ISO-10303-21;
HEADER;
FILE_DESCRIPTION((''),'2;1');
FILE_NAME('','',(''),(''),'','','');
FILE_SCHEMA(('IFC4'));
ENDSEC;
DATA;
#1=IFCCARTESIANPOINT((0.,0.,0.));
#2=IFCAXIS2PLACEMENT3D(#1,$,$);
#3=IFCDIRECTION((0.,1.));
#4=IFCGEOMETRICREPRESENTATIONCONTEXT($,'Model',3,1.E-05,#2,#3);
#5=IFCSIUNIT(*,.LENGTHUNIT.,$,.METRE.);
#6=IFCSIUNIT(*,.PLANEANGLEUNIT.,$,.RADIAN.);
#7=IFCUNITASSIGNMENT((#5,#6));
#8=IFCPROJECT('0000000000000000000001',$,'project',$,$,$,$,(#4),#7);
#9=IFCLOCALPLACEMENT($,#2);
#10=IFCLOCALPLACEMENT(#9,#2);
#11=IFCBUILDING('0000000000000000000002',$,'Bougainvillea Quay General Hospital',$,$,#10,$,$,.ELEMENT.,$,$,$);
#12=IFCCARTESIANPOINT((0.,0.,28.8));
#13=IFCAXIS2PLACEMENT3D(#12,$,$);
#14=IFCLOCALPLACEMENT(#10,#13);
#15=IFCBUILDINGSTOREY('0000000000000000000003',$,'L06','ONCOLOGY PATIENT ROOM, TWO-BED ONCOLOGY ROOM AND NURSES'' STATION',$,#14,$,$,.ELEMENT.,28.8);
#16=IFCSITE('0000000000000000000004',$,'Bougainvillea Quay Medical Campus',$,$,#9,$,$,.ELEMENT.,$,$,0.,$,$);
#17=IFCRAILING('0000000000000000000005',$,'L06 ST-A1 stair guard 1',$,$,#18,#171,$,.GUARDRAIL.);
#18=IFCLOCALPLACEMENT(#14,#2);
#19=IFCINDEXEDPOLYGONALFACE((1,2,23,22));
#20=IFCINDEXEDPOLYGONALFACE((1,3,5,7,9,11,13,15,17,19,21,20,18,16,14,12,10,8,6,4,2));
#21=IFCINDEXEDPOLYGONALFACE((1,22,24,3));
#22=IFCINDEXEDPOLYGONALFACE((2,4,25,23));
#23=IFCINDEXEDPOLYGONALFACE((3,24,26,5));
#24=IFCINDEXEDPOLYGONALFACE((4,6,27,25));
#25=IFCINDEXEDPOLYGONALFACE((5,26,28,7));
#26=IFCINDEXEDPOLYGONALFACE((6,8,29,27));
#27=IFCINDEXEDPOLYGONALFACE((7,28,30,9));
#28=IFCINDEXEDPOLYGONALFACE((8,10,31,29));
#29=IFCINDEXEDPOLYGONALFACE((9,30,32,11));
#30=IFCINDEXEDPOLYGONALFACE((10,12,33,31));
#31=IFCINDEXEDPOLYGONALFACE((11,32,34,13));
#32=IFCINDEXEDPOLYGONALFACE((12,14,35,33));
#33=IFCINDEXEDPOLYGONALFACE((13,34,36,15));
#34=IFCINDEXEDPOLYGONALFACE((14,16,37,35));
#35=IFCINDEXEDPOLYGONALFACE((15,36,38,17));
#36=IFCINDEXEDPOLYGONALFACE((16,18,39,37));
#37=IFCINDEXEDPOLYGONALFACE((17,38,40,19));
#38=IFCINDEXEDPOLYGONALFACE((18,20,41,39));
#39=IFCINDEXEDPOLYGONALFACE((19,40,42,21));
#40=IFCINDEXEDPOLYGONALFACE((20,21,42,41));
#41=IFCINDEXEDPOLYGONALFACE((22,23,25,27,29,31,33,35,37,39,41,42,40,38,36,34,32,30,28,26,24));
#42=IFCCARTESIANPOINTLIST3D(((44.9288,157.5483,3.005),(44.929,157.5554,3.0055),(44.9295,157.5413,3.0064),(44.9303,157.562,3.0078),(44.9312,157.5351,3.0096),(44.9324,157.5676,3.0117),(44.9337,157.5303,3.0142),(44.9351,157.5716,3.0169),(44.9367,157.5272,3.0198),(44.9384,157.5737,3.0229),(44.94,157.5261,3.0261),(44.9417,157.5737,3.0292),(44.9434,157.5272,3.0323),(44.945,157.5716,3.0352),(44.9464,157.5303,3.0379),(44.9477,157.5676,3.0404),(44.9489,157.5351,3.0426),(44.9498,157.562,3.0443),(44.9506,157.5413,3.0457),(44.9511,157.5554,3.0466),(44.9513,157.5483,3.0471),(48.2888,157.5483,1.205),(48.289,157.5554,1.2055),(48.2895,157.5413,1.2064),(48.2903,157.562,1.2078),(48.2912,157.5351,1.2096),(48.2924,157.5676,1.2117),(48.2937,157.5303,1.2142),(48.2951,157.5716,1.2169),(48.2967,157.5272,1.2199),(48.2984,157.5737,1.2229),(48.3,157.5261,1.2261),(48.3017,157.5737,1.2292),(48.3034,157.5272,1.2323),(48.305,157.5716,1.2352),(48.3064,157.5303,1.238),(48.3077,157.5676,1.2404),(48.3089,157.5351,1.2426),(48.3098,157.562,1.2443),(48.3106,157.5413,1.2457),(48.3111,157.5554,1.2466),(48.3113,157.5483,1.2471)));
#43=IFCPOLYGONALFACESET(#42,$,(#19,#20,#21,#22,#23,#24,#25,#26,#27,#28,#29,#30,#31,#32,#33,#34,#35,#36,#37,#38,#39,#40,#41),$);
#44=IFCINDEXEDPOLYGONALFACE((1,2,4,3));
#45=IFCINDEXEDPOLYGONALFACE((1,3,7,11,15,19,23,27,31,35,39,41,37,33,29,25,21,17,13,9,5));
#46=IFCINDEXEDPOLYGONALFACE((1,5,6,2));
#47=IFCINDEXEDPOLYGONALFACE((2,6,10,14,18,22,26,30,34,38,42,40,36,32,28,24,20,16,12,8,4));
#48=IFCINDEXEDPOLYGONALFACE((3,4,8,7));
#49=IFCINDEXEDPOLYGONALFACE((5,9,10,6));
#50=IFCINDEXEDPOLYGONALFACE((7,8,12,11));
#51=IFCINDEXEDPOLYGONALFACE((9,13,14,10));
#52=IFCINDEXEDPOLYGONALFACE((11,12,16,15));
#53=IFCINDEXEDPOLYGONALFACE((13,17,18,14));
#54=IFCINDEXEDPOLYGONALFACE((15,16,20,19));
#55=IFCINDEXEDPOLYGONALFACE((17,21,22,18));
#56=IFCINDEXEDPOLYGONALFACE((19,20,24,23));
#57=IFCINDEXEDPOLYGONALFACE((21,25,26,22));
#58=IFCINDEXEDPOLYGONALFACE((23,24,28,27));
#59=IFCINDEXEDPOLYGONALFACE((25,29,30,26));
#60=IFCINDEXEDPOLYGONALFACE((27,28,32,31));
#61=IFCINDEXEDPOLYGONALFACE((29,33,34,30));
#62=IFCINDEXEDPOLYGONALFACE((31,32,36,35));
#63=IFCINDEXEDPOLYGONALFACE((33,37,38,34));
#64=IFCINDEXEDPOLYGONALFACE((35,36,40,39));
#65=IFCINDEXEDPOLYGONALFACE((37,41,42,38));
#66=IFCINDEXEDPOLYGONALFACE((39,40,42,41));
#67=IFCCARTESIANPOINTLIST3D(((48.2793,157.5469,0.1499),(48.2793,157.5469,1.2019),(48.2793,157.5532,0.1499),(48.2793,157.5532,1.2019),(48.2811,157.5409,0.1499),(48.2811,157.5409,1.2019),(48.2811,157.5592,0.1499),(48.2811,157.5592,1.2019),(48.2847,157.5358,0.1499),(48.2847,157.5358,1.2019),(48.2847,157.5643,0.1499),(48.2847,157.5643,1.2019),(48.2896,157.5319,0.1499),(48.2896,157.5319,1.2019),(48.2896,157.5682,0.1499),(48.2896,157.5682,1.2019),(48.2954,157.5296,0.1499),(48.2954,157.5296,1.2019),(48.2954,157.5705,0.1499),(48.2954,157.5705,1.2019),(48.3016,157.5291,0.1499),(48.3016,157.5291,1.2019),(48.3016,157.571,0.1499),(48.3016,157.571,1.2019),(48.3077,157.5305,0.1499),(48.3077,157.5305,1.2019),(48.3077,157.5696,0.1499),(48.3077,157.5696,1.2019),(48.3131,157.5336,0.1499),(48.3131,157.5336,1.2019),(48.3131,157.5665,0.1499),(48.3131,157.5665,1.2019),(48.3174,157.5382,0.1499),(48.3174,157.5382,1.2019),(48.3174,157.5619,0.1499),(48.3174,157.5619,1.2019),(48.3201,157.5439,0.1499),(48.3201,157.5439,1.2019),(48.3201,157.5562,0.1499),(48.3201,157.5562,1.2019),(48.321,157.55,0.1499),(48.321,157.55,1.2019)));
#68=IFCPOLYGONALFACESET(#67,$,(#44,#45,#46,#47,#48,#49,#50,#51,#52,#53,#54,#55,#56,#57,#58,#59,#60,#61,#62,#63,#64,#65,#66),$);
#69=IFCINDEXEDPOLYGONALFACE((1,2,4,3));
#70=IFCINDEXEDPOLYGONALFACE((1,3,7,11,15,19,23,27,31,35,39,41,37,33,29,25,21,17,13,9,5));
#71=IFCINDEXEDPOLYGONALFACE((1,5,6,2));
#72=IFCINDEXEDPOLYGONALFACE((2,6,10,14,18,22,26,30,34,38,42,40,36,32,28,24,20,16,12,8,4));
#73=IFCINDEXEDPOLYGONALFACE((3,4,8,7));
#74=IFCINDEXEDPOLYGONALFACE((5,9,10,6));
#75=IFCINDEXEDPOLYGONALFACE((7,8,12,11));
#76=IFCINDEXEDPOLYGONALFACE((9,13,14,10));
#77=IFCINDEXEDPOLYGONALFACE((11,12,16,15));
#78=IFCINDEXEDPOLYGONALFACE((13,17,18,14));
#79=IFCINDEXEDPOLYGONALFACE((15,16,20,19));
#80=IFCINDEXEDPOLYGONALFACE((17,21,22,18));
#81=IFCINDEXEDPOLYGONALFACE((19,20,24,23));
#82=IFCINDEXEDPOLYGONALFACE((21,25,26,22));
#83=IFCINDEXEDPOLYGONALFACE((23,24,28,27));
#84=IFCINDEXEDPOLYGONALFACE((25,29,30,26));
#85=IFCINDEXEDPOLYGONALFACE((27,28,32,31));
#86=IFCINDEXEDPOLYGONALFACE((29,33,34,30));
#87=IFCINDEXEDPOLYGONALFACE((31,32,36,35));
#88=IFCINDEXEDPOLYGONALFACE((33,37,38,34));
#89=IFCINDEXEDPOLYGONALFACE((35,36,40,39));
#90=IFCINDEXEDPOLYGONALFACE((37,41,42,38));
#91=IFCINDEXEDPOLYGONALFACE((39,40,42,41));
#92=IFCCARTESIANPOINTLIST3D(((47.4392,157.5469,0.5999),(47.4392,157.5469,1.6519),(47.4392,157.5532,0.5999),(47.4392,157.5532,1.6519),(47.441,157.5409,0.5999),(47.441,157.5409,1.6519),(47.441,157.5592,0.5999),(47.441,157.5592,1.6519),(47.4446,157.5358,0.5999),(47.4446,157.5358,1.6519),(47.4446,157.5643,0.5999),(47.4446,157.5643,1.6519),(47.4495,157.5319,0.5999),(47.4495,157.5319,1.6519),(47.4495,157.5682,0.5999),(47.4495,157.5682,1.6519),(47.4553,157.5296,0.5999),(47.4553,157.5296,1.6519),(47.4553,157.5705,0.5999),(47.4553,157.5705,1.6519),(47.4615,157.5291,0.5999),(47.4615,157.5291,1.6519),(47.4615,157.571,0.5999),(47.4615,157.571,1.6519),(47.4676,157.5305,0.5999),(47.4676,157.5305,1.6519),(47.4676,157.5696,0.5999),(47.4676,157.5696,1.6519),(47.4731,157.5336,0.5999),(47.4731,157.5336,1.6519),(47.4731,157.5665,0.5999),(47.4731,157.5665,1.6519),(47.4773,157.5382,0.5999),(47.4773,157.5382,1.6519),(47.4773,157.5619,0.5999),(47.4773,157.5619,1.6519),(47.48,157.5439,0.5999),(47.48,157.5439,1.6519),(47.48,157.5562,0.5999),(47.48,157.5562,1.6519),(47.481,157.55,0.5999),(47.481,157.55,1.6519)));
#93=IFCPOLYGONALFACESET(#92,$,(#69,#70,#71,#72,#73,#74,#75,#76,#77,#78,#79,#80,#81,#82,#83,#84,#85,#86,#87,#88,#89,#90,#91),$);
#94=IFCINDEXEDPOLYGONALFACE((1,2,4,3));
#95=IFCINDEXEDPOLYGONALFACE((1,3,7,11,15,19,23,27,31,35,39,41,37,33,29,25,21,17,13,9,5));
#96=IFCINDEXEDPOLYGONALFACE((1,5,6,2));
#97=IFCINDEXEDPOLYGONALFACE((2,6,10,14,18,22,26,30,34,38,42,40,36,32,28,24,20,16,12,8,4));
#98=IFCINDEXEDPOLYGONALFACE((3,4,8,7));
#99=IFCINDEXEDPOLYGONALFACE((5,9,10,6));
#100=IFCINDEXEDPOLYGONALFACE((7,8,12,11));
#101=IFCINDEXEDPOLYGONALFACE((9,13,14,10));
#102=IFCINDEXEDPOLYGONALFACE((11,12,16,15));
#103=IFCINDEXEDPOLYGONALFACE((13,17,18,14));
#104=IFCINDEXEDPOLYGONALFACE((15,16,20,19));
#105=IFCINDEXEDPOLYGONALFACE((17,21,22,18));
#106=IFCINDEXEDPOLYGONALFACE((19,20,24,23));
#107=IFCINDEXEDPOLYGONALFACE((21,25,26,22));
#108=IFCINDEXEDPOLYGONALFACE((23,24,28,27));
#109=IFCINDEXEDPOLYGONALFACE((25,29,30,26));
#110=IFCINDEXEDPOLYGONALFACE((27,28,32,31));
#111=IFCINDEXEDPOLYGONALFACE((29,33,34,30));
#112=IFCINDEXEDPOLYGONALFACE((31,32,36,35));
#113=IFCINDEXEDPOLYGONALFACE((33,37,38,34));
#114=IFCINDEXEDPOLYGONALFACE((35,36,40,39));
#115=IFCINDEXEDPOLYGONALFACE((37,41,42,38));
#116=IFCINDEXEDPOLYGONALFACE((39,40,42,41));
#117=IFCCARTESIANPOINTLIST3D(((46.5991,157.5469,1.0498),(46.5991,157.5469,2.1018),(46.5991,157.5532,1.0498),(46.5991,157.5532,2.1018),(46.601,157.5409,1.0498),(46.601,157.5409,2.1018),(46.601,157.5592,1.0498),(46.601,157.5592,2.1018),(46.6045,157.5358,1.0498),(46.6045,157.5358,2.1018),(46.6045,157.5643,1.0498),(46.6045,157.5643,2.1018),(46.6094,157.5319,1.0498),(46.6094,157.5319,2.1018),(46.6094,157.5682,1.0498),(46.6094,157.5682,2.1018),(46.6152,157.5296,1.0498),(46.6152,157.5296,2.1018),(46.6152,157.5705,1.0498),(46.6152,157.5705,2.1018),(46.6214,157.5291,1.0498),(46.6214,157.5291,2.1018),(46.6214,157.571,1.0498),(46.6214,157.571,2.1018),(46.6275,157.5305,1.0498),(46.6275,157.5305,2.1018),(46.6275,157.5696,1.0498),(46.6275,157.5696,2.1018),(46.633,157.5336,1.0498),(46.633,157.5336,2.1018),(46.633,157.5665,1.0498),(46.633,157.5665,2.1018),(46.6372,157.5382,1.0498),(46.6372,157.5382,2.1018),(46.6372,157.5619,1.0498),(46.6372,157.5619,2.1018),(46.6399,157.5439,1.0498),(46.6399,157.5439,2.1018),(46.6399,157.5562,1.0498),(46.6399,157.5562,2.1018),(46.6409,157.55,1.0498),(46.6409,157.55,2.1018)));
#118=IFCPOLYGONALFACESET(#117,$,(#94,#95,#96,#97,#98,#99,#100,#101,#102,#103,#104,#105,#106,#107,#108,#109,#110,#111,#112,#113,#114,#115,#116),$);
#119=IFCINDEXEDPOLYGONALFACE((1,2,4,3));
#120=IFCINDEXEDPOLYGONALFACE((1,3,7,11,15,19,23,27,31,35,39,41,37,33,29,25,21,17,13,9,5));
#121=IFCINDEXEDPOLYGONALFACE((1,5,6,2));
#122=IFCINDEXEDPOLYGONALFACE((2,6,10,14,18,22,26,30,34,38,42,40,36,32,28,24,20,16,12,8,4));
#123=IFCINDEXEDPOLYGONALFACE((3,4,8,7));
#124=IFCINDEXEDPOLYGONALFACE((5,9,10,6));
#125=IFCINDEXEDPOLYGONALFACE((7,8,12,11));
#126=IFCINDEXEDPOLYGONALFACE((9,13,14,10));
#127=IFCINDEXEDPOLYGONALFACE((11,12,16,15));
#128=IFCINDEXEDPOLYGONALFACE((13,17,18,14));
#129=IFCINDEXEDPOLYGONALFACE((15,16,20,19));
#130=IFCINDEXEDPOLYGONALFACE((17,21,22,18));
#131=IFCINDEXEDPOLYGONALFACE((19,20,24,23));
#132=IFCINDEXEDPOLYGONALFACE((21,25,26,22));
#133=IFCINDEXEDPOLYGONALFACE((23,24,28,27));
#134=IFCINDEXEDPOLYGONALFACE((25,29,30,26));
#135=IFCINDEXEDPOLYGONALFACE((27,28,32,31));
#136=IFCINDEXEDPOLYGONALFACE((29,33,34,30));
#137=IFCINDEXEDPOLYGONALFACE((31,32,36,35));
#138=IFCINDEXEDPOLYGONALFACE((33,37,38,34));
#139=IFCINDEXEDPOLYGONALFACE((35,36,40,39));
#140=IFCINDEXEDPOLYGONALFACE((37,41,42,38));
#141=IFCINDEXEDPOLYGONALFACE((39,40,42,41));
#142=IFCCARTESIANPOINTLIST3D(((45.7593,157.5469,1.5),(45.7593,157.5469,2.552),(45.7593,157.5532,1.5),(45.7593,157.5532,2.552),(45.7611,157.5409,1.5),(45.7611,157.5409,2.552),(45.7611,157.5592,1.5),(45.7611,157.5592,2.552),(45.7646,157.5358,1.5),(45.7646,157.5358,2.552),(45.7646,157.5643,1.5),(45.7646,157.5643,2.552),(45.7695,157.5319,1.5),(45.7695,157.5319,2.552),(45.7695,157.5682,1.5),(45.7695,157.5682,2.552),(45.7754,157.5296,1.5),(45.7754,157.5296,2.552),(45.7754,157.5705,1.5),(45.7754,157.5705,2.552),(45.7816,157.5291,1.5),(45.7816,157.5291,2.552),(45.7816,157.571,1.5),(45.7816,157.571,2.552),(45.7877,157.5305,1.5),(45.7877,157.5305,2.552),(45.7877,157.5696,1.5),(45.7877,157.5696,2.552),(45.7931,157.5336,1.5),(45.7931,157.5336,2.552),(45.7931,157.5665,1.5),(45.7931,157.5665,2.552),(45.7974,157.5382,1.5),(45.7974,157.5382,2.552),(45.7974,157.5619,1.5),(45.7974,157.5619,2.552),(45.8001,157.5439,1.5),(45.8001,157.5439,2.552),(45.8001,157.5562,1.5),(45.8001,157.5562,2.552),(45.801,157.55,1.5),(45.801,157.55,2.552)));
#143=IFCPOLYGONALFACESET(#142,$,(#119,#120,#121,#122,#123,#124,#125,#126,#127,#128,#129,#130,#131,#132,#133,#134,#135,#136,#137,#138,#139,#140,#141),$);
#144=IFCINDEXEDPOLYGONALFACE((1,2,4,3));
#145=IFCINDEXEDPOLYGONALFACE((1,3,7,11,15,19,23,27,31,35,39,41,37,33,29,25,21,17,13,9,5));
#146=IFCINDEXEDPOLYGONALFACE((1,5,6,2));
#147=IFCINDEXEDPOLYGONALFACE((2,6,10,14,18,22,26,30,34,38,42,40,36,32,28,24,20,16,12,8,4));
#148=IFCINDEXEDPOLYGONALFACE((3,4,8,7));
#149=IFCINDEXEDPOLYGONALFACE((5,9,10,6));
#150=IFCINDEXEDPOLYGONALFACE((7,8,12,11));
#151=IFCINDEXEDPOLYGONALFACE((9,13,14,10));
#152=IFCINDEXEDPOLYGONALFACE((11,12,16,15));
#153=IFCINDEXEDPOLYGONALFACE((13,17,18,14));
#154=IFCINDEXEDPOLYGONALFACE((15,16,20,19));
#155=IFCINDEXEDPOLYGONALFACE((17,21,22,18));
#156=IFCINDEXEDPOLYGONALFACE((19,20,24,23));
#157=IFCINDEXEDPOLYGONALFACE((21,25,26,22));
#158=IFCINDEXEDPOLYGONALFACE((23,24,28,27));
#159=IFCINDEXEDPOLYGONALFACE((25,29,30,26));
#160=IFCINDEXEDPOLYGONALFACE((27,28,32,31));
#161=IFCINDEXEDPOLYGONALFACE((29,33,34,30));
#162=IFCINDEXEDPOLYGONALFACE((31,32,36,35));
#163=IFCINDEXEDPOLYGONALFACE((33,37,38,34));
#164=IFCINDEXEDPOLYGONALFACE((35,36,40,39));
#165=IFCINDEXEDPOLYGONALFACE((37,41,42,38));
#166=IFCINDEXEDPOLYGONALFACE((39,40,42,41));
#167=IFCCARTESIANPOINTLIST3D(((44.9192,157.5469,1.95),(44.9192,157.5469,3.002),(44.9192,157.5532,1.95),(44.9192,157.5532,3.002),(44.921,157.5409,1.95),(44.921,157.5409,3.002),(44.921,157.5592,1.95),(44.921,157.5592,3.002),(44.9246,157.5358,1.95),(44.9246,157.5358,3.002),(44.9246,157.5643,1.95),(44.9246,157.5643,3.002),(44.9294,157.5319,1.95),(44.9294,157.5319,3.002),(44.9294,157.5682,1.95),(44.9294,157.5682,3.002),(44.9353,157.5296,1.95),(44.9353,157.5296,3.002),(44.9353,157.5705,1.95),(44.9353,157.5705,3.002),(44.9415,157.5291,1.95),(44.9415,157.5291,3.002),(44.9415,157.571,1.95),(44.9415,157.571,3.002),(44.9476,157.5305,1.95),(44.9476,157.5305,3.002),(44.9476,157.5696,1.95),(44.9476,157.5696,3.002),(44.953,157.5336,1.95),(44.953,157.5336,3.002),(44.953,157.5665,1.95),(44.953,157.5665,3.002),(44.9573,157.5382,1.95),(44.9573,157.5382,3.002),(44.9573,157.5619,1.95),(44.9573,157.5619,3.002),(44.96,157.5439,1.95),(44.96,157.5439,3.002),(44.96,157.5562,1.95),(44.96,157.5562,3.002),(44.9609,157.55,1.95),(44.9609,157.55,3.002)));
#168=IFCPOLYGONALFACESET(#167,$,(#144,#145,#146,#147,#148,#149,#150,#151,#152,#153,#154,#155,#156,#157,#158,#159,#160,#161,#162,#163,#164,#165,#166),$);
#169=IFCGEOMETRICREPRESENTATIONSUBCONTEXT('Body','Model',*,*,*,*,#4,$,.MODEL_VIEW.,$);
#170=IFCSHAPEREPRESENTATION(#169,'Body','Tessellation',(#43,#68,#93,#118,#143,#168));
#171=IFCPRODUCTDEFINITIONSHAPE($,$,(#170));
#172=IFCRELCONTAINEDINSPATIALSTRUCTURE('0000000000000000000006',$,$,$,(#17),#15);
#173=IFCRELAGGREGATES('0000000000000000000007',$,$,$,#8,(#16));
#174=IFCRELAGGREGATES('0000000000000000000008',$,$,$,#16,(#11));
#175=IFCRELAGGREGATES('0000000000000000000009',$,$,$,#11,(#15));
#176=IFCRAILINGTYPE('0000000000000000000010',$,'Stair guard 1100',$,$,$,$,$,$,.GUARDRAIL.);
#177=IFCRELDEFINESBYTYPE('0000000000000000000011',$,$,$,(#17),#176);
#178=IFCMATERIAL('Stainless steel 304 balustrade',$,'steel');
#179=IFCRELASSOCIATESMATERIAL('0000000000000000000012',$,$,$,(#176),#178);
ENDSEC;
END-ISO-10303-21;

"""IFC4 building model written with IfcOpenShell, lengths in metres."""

from ifc_helpers import new_model, si_unit, direction, frame, origin, origin_2d, place, context, subcontext, project, spatial, circle, extrude, material, type_object, element, save


model = new_model("IFC4")

# Units and contexts
model_context = context("Model", 3, precision=1e-05, world=origin(), true_north=direction((0.0, 1.0)))
body_context = subcontext(model_context, "Body", "Model", "MODEL_VIEW")
ifc_project = project(units=[si_unit("LENGTHUNIT", "METRE"), si_unit("PLANEANGLEUNIT", "RADIAN")], contexts=[model_context])

# Site, building, storey
site_placement = place(None, origin())
site = spatial("IfcSite", under=ifc_project, at=site_placement, Name="Bougainvillea Quay Medical Campus", CompositionType="ELEMENT", RefElevation=0.0)
building_placement = place(site_placement, origin())
building = spatial("IfcBuilding", under=site, at=building_placement, Name="Bougainvillea Quay General Hospital", CompositionType="ELEMENT")
storey_placement = place(building_placement, frame((0.0, 0.0, 28.8)))
storey = spatial("IfcBuildingStorey", under=building, at=storey_placement, Name="L06", Description="ONCOLOGY PATIENT ROOM, TWO-BED ONCOLOGY ROOM AND NURSES' STATION", CompositionType="ELEMENT", Elevation=28.8)

# Railing
ifc_material_1 = material(Name="Stainless steel 304 balustrade", Category="steel")
railing_type_1 = type_object("IfcRailingType", Name="Stair guard 1100", PredefinedType="GUARDRAIL", material=ifc_material_1)
railing_1_placement = place(storey_placement, frame((48.3, 157.55, 0.1499)))
element("IfcRailing", 1, at=railing_1_placement, inside=storey, type_object=railing_type_1, Name="L06 ST-A1 stair guard 1", PredefinedType="GUARDRAIL", context=body_context, shape_type="SweptSolid", body=[
    extrude(circle(Radius=0.0239, at=origin_2d()), frame((0.0, 0.0, 1.0762), z_axis=(-0.881481, 0.0, 0.47222), x_axis=(0.0, -1.0, 0.0)), (0.0, 0.0, 1.0), 3.8118),
    extrude(circle(Radius=0.021, at=origin_2d()), origin(), (0.0, 0.0, 1.0), 1.052),
    extrude(circle(Radius=0.021, at=origin_2d()), frame((-0.8401, 0.0, 0.45)), (0.0, 0.0, 1.0), 1.052),
    extrude(circle(Radius=0.021, at=origin_2d()), frame((-1.6802, 0.0, 0.8999)), (0.0, 0.0, 1.0), 1.052),
    extrude(circle(Radius=0.021, at=origin_2d()), frame((-2.52, 0.0, 1.3501)), (0.0, 0.0, 1.0), 1.052),
    extrude(circle(Radius=0.021, at=origin_2d()), frame((-3.3601, 0.0, 1.8)), (0.0, 0.0, 1.0), 1.052),
])

save(model, "model.ifc")
